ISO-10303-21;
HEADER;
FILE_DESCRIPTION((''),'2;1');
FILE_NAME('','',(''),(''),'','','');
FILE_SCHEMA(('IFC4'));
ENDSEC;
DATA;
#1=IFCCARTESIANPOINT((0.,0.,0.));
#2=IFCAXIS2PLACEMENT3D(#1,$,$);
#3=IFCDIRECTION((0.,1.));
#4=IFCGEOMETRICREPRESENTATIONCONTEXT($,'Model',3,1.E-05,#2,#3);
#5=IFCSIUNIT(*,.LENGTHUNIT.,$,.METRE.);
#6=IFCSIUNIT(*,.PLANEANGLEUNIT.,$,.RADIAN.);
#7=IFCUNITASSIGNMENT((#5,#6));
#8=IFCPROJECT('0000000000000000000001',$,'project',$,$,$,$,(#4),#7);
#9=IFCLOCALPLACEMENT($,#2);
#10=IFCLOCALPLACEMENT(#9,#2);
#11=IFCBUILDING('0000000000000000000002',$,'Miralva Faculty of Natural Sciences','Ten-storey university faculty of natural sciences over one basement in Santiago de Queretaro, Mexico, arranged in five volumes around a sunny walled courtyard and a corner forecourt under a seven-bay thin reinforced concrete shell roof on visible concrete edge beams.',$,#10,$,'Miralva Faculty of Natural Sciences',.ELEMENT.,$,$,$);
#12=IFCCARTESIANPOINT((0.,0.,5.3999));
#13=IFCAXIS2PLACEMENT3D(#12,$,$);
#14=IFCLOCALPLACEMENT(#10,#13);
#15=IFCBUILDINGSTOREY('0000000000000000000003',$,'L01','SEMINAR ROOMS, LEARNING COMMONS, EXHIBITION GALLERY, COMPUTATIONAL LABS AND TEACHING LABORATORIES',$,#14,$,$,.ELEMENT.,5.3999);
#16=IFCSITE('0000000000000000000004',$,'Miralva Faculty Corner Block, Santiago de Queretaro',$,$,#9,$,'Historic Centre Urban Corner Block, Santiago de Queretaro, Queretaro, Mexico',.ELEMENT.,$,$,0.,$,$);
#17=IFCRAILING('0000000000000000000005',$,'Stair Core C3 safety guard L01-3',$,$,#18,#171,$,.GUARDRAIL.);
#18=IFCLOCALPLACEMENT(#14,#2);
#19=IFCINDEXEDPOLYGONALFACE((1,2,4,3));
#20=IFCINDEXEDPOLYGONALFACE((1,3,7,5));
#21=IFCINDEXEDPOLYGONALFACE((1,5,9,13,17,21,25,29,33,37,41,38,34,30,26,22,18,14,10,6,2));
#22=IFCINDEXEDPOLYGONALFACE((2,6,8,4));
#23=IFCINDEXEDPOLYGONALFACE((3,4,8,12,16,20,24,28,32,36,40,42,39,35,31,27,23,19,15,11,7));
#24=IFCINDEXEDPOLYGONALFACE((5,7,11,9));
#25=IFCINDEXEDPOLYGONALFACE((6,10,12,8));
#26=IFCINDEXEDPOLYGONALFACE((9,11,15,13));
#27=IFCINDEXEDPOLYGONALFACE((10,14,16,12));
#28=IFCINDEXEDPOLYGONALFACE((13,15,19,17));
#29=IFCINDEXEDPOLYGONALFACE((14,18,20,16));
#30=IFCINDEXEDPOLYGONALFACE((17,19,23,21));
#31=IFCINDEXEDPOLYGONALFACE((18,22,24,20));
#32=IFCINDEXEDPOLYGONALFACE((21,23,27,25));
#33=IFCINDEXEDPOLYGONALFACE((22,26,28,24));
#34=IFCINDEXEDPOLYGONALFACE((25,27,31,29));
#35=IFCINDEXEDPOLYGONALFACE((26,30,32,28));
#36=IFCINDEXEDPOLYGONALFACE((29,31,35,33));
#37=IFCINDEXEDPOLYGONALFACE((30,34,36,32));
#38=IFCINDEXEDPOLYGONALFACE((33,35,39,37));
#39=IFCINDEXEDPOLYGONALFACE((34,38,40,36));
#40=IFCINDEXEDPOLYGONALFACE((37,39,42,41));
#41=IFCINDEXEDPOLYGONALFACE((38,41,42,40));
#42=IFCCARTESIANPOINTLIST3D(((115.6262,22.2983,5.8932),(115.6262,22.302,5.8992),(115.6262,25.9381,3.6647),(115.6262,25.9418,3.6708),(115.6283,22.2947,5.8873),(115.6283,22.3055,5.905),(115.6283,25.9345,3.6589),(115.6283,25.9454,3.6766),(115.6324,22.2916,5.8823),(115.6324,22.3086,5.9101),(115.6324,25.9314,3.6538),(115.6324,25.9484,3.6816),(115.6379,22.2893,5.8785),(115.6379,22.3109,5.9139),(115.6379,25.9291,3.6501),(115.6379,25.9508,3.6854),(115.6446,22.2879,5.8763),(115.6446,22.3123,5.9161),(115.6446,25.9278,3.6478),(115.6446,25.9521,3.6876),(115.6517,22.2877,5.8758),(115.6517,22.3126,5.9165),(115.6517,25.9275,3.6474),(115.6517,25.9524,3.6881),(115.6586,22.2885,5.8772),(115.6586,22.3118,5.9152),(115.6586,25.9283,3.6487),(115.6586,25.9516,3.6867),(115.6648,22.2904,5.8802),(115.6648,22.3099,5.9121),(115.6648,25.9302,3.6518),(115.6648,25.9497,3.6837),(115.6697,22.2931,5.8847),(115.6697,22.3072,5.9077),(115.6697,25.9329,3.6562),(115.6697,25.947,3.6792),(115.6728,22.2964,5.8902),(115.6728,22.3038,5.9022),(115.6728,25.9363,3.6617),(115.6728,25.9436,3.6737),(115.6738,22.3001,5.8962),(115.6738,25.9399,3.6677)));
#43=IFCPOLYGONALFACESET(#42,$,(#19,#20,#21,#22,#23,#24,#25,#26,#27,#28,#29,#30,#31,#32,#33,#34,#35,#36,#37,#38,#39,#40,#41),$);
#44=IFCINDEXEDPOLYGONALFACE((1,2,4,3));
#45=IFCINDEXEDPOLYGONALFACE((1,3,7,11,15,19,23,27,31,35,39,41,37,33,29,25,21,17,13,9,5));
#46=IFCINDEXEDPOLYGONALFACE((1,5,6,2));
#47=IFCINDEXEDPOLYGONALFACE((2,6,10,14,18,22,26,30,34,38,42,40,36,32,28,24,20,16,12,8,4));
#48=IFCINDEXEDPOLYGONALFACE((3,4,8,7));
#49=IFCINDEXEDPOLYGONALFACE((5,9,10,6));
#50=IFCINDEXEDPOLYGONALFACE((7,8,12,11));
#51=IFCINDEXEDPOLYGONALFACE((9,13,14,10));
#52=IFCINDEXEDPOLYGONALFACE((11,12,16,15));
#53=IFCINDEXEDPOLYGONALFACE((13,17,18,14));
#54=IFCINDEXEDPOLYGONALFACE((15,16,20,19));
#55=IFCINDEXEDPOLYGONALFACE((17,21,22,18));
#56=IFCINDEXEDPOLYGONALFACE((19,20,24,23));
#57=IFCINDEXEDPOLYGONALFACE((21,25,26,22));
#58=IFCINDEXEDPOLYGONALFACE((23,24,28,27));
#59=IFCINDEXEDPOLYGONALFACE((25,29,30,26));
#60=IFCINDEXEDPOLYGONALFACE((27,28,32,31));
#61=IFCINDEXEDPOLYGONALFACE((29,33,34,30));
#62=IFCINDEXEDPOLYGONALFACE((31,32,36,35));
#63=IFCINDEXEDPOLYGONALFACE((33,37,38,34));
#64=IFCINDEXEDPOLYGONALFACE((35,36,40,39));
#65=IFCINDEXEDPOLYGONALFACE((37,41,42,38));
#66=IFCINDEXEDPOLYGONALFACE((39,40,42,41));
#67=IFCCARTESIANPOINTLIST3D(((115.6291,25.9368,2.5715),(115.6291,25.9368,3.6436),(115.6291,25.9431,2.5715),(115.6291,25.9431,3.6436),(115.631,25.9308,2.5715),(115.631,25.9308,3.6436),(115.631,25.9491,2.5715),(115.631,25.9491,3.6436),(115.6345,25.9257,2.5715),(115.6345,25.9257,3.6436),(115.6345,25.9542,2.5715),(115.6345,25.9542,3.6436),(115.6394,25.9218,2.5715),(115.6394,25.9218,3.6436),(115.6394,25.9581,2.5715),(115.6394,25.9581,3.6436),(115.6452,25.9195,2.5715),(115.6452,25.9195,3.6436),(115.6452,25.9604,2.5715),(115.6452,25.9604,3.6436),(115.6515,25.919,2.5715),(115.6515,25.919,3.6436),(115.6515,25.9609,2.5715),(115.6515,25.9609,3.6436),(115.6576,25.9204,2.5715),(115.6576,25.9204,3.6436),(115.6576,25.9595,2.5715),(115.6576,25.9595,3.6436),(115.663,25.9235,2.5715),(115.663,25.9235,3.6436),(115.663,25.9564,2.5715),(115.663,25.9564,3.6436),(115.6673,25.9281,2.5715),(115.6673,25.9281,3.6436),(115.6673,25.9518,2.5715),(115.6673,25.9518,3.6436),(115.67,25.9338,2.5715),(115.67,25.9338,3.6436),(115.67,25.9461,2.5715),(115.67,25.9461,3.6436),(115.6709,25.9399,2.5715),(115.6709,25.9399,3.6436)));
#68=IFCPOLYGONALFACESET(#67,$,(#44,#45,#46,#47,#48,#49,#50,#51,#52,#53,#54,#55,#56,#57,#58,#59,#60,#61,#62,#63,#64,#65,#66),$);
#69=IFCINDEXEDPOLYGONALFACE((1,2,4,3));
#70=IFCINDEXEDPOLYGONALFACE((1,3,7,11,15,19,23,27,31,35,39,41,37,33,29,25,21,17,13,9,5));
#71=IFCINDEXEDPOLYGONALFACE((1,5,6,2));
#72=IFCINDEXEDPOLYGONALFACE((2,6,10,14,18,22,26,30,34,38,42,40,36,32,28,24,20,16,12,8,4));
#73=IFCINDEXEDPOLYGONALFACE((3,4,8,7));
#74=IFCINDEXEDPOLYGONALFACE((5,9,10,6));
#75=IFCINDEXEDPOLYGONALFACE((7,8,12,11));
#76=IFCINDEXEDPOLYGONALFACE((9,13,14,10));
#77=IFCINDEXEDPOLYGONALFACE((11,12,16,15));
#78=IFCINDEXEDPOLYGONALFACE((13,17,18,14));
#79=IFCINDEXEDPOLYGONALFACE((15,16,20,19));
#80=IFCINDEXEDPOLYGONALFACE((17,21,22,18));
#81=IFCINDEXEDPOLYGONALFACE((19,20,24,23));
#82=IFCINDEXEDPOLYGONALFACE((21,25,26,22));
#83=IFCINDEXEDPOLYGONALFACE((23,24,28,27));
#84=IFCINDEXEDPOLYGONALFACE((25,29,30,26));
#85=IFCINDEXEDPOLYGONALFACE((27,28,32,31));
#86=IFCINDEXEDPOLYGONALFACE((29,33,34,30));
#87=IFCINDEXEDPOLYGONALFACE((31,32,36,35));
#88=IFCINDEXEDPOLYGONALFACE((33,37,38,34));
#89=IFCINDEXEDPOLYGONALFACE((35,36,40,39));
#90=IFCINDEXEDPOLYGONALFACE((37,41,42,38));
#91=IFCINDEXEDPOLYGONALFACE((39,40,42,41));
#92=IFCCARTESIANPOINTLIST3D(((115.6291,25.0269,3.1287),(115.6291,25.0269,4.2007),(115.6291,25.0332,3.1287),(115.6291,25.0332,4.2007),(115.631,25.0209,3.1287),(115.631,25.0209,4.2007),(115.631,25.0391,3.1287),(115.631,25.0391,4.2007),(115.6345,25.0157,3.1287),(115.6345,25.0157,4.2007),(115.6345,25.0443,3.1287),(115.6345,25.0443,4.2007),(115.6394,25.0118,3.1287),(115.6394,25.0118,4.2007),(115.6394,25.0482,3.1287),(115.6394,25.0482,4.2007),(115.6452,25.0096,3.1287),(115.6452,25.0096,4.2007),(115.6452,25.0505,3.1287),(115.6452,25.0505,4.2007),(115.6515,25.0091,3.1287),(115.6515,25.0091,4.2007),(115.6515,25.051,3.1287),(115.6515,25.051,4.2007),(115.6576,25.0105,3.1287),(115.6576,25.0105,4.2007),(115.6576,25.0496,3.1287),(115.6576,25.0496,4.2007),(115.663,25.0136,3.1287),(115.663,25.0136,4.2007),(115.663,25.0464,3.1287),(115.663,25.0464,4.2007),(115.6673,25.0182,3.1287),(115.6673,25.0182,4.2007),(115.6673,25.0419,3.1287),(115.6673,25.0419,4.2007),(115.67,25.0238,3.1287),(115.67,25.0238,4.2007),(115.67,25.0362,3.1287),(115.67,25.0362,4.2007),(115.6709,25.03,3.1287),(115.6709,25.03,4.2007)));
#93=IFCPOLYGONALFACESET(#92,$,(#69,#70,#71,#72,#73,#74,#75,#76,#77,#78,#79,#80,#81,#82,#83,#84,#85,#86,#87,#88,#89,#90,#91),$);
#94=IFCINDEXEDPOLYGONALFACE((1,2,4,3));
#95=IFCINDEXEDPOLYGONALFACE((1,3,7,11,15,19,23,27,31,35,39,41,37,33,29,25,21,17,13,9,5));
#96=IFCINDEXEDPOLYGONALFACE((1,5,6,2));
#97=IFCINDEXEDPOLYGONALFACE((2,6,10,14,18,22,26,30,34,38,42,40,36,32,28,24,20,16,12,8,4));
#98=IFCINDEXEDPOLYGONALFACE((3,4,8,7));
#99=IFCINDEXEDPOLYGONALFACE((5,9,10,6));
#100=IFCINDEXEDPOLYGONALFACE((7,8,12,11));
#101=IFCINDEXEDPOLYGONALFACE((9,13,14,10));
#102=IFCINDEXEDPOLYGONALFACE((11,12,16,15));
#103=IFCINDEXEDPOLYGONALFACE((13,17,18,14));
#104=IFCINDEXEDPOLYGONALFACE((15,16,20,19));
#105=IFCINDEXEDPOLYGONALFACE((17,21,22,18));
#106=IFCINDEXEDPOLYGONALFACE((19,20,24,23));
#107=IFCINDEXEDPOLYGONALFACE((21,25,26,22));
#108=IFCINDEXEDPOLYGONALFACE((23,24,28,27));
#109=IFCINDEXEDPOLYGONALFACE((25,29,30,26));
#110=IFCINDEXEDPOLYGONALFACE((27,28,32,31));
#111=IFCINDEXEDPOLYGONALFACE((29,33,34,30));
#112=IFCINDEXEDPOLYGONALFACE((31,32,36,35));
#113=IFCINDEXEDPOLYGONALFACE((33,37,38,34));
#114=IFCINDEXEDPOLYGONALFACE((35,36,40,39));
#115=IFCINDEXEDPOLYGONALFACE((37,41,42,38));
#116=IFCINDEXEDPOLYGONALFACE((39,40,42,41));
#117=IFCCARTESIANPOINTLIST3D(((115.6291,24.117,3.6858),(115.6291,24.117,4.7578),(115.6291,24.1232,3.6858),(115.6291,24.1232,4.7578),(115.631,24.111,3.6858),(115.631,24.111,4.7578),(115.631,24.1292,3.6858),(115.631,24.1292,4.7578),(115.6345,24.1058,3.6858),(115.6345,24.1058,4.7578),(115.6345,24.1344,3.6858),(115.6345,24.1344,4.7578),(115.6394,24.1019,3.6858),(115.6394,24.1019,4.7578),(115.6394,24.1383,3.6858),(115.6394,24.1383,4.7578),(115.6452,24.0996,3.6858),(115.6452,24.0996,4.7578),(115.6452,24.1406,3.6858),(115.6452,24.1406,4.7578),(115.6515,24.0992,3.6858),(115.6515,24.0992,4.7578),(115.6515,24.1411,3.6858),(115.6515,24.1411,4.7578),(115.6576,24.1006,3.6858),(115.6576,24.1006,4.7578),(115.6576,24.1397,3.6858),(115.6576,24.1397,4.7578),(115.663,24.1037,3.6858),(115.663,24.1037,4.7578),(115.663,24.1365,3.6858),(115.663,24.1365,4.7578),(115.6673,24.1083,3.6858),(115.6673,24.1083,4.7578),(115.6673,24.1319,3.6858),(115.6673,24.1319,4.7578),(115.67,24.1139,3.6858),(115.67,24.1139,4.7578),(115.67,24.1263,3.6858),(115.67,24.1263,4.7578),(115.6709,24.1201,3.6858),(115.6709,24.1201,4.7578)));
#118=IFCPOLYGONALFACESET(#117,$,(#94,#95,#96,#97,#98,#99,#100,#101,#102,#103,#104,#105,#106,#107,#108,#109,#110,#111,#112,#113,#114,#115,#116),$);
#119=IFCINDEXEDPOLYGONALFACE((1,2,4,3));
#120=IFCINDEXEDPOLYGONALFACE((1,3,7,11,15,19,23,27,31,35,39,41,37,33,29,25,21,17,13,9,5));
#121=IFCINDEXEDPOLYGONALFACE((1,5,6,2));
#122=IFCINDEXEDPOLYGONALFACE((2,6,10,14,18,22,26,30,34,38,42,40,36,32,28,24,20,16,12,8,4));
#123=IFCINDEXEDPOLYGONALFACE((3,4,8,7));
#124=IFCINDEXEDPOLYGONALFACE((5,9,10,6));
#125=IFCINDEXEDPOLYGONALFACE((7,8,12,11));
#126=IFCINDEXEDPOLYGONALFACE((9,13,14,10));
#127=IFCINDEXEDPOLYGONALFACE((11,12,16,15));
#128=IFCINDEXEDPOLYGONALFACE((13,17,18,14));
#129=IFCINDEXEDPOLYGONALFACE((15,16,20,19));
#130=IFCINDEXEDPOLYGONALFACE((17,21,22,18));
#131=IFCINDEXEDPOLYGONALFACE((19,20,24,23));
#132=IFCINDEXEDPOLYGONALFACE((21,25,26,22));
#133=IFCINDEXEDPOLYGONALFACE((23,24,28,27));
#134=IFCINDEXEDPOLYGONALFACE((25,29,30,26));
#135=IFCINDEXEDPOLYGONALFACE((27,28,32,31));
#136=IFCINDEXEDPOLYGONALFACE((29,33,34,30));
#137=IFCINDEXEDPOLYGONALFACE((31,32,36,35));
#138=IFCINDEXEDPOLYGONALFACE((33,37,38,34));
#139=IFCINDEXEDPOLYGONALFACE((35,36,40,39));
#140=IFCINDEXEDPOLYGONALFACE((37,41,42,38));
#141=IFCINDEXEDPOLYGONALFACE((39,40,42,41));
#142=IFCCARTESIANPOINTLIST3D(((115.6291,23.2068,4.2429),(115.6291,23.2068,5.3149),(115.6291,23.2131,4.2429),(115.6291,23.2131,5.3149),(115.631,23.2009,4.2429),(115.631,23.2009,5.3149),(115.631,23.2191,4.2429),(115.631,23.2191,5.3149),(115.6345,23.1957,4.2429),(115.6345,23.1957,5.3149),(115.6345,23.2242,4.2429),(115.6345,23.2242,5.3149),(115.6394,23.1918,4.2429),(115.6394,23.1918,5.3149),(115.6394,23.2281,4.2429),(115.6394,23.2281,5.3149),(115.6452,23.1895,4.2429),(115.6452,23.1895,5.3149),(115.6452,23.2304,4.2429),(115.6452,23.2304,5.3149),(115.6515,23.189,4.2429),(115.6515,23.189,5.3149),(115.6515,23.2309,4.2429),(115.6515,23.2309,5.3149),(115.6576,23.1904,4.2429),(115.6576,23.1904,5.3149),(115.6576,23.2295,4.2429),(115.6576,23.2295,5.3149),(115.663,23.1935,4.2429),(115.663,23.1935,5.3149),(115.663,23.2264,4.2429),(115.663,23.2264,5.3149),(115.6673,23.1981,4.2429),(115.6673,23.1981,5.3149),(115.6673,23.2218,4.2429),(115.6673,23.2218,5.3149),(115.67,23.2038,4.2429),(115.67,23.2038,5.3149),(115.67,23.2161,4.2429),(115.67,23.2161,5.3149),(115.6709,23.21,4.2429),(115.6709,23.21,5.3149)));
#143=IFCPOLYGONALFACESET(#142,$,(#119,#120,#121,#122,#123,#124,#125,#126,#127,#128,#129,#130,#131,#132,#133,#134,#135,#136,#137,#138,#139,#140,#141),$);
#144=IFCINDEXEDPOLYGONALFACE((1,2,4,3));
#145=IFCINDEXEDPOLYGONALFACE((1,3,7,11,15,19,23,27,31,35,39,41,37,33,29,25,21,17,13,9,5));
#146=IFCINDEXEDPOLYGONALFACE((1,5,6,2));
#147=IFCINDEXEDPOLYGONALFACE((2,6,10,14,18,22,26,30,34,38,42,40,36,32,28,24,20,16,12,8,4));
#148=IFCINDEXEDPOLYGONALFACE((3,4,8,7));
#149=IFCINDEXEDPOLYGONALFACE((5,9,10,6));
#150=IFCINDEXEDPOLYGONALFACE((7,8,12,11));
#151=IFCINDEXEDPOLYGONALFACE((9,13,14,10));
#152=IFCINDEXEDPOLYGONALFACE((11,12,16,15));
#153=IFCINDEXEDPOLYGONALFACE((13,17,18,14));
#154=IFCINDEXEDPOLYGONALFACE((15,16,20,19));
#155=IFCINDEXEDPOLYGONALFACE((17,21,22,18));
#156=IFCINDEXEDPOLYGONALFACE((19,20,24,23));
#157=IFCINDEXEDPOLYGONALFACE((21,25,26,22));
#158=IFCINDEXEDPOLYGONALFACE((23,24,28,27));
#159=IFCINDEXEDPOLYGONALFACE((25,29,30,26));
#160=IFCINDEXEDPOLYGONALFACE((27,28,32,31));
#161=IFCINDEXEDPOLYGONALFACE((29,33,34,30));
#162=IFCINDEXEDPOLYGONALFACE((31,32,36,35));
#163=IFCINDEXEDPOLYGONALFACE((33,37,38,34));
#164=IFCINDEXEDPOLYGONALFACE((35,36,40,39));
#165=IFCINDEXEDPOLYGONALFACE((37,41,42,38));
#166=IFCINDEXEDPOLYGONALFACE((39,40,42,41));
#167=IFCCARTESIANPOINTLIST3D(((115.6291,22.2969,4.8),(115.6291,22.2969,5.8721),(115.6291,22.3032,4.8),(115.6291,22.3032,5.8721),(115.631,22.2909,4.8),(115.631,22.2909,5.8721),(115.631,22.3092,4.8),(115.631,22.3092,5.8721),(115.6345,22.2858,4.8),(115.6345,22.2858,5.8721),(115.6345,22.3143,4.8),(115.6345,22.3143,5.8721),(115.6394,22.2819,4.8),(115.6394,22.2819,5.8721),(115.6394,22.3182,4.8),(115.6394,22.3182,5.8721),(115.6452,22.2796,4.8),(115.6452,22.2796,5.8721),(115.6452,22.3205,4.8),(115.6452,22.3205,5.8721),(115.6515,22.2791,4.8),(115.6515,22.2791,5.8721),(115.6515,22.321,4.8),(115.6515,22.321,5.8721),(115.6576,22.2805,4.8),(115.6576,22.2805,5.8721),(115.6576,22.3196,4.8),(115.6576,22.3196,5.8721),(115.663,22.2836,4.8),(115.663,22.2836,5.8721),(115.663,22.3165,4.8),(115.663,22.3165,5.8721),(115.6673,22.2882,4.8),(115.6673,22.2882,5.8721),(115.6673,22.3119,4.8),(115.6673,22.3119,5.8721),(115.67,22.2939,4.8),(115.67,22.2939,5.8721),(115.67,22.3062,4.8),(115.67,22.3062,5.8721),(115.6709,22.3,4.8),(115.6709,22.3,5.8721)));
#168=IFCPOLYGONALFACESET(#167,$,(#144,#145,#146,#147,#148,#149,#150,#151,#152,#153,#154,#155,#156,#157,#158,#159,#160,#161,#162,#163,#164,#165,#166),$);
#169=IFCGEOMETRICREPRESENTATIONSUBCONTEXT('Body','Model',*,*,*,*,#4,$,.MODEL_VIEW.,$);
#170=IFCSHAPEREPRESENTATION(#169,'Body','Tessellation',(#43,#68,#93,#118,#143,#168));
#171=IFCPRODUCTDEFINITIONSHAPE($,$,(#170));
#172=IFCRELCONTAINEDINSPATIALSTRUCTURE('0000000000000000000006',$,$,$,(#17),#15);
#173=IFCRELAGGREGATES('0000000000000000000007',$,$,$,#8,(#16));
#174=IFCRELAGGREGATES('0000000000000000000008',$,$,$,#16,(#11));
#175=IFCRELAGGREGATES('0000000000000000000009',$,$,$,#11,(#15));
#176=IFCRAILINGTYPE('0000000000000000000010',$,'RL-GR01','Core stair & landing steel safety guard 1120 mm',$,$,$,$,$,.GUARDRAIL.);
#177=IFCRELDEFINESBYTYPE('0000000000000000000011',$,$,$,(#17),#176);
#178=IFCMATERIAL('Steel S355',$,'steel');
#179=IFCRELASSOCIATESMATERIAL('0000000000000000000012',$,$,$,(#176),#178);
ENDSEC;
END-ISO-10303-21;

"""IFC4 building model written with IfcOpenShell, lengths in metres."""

from ifc_helpers import new_model, si_unit, direction, frame, origin, origin_2d, place, context, subcontext, project, spatial, circle, extrude, material, type_object, element, save


model = new_model("IFC4")

# Units and contexts
model_context = context("Model", 3, precision=1e-05, world=origin(), true_north=direction((0.0, 1.0)))
body_context = subcontext(model_context, "Body", "Model", "MODEL_VIEW")
ifc_project = project(units=[si_unit("LENGTHUNIT", "METRE"), si_unit("PLANEANGLEUNIT", "RADIAN")], contexts=[model_context])

# Site, building, storey
site_placement = place(None, origin())
site = spatial("IfcSite", under=ifc_project, at=site_placement, Name="Miralva Faculty Corner Block, Santiago de Queretaro", LongName="Historic Centre Urban Corner Block, Santiago de Queretaro, Queretaro, Mexico", CompositionType="ELEMENT", RefElevation=0.0)
building_placement = place(site_placement, origin())
building = spatial("IfcBuilding", under=site, at=building_placement, Name="Miralva Faculty of Natural Sciences", Description="Ten-storey university faculty of natural sciences over one basement in Santiago de Queretaro, Mexico, arranged in five volumes around a sunny walled courtyard and a corner forecourt under a seven-bay thin reinforced concrete shell roof on visible concrete edge beams.", LongName="Miralva Faculty of Natural Sciences", CompositionType="ELEMENT")
storey_placement = place(building_placement, frame((0.0, 0.0, 5.3999)))
storey = spatial("IfcBuildingStorey", under=building, at=storey_placement, Name="L01", Description="SEMINAR ROOMS, LEARNING COMMONS, EXHIBITION GALLERY, COMPUTATIONAL LABS AND TEACHING LABORATORIES", CompositionType="ELEMENT", Elevation=5.3999)

# Railing
ifc_material_1 = material(Name="Steel S355", Category="steel")
railing_type_1 = type_object("IfcRailingType", Name="RL-GR01", Description="Core stair & landing steel safety guard 1120 mm", PredefinedType="GUARDRAIL", material=ifc_material_1)
railing_1_placement = place(storey_placement, frame((115.6499, 25.9399, 2.5715)))
element("IfcRailing", 1, at=railing_1_placement, inside=storey, type_object=railing_type_1, Name="Stair Core C3 safety guard L01-3", PredefinedType="GUARDRAIL", context=body_context, shape_type="SweptSolid", body=[
    extrude(circle(Radius=0.0239, at=origin_2d()), frame((0.0, 0.0, 1.0962), z_axis=(0.0, -0.85285, 0.522156), x_axis=(1.0, 0.0, 0.0)), (0.0, 0.0, 1.0), 4.2678),
    extrude(circle(Radius=0.021, at=origin_2d()), origin(), (0.0, 0.0, 1.0), 1.072),
    extrude(circle(Radius=0.021, at=origin_2d()), frame((0.0, -0.9099, 0.5571)), (0.0, 0.0, 1.0), 1.072),
    extrude(circle(Radius=0.021, at=origin_2d()), frame((0.0, -1.8198, 1.1143)), (0.0, 0.0, 1.0), 1.072),
    extrude(circle(Radius=0.021, at=origin_2d()), frame((0.0, -2.73, 1.6714)), (0.0, 0.0, 1.0), 1.072),
    extrude(circle(Radius=0.021, at=origin_2d()), frame((0.0, -3.6399, 2.2285)), (0.0, 0.0, 1.0), 1.072),
])

save(model, "model.ifc")
